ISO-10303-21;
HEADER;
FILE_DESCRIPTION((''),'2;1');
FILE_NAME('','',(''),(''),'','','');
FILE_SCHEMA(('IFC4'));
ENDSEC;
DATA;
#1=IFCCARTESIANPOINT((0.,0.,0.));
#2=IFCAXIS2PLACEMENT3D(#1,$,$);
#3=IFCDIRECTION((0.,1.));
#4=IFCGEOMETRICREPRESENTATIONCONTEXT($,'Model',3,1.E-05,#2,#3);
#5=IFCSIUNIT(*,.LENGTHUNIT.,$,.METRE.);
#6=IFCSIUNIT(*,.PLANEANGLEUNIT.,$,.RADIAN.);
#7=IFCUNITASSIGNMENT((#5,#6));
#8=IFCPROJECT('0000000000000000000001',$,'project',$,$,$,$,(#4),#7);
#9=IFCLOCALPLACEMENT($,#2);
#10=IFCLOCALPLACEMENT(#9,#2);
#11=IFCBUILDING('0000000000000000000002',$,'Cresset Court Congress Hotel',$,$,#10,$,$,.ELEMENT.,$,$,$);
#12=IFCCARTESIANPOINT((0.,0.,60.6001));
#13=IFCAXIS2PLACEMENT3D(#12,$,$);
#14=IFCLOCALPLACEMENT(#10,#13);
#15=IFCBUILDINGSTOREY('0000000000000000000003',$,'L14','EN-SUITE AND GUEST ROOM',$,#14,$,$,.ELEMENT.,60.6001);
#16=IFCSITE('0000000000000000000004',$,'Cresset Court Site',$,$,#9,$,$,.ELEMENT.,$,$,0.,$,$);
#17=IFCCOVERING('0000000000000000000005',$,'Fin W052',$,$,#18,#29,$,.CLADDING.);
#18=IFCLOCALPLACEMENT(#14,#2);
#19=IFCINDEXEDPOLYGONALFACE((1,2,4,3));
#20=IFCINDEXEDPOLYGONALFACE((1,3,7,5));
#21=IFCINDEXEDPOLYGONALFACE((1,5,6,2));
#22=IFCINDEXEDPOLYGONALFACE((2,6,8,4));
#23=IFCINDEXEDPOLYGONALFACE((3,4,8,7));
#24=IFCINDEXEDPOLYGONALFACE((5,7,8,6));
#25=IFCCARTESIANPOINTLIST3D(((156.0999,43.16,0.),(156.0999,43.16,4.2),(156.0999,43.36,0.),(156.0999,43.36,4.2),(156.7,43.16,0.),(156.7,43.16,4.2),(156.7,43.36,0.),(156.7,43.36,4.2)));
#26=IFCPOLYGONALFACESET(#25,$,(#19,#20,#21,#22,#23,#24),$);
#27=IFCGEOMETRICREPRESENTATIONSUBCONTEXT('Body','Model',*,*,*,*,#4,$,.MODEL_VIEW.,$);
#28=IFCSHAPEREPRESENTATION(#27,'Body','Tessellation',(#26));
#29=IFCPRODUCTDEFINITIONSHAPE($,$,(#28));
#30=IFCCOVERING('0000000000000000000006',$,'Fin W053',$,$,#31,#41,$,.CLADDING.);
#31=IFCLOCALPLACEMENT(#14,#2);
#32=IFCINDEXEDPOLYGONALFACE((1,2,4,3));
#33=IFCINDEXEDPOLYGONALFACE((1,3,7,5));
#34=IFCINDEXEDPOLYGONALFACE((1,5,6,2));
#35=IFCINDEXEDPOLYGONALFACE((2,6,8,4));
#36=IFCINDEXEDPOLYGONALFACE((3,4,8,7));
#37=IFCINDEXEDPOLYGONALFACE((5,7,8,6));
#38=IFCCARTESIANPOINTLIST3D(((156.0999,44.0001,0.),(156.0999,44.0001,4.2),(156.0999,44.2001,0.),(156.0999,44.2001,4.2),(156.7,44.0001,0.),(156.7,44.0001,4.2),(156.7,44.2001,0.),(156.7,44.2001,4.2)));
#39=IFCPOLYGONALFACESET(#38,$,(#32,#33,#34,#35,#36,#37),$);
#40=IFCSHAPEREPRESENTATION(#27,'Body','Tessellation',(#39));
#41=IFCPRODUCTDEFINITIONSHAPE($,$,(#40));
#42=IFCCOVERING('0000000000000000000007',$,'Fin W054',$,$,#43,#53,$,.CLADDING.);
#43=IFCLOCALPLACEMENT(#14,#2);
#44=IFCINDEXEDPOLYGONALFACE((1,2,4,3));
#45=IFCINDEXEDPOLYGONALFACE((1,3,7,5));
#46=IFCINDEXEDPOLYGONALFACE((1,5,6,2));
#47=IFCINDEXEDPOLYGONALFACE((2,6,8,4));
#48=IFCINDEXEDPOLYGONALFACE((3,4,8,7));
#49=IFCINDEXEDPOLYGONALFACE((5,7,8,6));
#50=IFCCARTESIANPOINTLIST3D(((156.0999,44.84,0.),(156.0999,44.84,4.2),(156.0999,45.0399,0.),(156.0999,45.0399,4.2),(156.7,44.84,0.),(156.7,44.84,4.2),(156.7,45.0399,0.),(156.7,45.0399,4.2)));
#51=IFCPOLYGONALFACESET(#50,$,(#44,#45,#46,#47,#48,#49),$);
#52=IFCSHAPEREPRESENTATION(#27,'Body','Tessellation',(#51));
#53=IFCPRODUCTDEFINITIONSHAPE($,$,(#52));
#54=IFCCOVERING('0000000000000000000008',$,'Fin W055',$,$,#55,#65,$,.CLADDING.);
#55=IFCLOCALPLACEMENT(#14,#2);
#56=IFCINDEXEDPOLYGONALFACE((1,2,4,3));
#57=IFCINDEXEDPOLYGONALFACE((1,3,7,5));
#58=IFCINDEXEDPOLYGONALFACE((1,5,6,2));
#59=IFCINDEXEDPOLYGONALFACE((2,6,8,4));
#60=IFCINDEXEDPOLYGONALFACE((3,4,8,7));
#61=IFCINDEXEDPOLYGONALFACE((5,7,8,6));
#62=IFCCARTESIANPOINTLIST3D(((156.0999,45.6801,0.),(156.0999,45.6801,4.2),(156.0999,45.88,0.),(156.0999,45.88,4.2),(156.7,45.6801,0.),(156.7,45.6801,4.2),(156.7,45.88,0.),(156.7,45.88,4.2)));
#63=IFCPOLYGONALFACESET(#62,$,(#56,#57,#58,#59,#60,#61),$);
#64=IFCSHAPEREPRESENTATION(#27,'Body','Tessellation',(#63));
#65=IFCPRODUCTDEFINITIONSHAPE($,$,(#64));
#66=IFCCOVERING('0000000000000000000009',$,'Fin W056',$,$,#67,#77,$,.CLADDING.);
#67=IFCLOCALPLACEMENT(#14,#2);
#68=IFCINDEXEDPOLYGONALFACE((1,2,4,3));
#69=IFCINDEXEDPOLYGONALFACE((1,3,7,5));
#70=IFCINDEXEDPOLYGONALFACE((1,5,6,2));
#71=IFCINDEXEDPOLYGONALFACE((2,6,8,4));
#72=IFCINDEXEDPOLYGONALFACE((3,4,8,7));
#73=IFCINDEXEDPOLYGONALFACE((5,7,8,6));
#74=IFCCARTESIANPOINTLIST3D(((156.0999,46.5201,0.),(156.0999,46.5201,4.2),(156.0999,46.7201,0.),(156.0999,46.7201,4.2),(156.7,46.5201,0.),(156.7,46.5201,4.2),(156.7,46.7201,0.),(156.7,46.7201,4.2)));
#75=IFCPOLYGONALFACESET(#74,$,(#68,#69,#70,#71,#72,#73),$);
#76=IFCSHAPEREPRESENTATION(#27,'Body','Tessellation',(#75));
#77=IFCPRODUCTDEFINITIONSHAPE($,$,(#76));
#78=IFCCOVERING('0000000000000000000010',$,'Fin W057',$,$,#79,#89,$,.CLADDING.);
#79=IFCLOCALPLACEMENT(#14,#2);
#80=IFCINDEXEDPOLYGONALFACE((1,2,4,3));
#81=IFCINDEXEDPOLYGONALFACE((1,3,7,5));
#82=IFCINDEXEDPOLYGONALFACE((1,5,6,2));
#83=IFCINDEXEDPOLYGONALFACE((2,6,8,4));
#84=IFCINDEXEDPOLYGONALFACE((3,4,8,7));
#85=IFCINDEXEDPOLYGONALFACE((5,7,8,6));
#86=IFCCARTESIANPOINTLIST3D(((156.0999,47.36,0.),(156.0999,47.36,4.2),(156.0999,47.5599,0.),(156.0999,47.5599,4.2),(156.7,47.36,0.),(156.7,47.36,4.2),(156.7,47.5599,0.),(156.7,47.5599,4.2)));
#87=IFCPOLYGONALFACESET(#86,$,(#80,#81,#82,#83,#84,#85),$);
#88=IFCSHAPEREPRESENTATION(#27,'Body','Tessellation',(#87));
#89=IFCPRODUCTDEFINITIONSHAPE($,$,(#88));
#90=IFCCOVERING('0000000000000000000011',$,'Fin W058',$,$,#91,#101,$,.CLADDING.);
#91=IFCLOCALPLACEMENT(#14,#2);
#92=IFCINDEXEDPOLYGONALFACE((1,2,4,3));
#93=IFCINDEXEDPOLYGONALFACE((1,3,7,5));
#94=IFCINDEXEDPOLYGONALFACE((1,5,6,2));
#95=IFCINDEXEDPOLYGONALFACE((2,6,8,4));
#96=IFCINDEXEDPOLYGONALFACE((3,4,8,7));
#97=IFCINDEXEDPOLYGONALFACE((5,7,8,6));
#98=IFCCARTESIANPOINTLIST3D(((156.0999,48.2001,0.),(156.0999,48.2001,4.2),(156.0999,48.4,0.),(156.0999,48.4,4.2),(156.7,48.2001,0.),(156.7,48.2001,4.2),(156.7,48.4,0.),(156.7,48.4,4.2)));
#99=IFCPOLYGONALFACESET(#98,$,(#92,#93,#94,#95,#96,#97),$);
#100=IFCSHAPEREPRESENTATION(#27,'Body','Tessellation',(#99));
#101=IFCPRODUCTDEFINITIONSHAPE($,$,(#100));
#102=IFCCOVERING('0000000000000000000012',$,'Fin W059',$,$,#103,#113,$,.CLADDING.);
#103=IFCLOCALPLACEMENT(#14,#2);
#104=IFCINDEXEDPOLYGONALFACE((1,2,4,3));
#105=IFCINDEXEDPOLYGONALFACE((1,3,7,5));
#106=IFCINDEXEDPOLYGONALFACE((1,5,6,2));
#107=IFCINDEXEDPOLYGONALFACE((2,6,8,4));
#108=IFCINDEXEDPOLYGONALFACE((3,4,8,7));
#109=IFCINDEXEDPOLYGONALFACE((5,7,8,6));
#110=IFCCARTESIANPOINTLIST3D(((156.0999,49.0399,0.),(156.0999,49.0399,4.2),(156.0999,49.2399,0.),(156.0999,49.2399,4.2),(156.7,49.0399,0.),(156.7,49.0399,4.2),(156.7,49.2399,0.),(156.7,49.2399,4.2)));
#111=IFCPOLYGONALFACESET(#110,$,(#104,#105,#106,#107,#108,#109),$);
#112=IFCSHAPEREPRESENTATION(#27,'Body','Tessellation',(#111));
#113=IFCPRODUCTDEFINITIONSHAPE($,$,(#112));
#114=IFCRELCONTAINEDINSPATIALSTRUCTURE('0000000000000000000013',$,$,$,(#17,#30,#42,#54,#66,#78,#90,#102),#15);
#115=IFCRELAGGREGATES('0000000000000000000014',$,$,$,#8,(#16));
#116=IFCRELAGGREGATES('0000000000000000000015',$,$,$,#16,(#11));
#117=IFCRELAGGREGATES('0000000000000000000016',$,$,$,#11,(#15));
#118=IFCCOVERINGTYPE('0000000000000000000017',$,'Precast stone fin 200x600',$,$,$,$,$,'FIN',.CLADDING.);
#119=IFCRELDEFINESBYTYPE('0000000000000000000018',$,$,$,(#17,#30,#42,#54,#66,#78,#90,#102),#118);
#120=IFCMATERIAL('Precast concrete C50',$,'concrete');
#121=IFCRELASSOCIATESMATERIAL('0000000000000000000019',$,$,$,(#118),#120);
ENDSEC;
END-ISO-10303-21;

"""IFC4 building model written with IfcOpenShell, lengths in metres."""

from ifc_helpers import new_model, si_unit, direction, frame, origin, origin_2d, place, context, subcontext, project, spatial, rectangle, extrude, material, type_object, element, save


model = new_model("IFC4")

# Units and contexts
model_context = context("Model", 3, precision=1e-05, world=origin(), true_north=direction((0.0, 1.0)))
body_context = subcontext(model_context, "Body", "Model", "MODEL_VIEW")
ifc_project = project(units=[si_unit("LENGTHUNIT", "METRE"), si_unit("PLANEANGLEUNIT", "RADIAN")], contexts=[model_context])

# Site, building, storey
site_placement = place(None, origin())
site = spatial("IfcSite", under=ifc_project, at=site_placement, Name="Cresset Court Site", CompositionType="ELEMENT", RefElevation=0.0)
building_placement = place(site_placement, origin())
building = spatial("IfcBuilding", under=site, at=building_placement, Name="Cresset Court Congress Hotel", CompositionType="ELEMENT")
storey_placement = place(building_placement, frame((0.0, 0.0, 60.6001)))
storey = spatial("IfcBuildingStorey", under=building, at=storey_placement, Name="L14", Description="EN-SUITE AND GUEST ROOM", CompositionType="ELEMENT", Elevation=60.6001)

# Coverings
ifc_material = material(Name="Precast concrete C50", Category="concrete")
covering_type = type_object("IfcCoveringType", Name="Precast stone fin 200x600", ElementType="FIN", PredefinedType="CLADDING", material=ifc_material)
for number, where, z_axis, x_axis, name in (
    (1, (156.3999, 43.26, 0.0), (0.0, 0.0, 1.0), (1.0, 0.0, 0.0), "Fin W052"),
    (2, (156.3999, 44.1001, 0.0), (0.0, 0.0, 1.0), (1.0, 0.0, 0.0), "Fin W053"),
    (3, (156.3999, 44.9399, 0.0), (0.0, 0.0, 1.0), (1.0, 0.0, 0.0), "Fin W054"),
    (4, (156.3999, 45.78, 0.0), (0.0, 0.0, 1.0), (1.0, 0.0, 0.0), "Fin W055"),
    (5, (156.3999, 46.6201, 0.0), (0.0, 0.0, 1.0), (1.0, 0.0, 0.0), "Fin W056"),
    (6, (156.3999, 47.46, 0.0), (0.0, 0.0, 1.0), (1.0, 0.0, 0.0), "Fin W057"),
    (7, (156.3999, 48.3, 0.0), (0.0, 0.0, 1.0), (1.0, 0.0, 0.0), "Fin W058"),
    (8, (156.3999, 49.1399, 0.0), (0.0, 0.0, 1.0), (1.0, 0.0, 0.0), "Fin W059"),
):
    element("IfcCovering", number, at=place(storey_placement, frame(where, z_axis=z_axis, x_axis=x_axis)), inside=storey, type_object=covering_type, Name=name, PredefinedType="CLADDING", context=body_context, shape_type="SweptSolid", body=[
        extrude(rectangle(XDim=0.6001, YDim=0.2, at=origin_2d()), origin(), (0.0, 0.0, 1.0), 4.2),
    ])

save(model, "model.ifc")
